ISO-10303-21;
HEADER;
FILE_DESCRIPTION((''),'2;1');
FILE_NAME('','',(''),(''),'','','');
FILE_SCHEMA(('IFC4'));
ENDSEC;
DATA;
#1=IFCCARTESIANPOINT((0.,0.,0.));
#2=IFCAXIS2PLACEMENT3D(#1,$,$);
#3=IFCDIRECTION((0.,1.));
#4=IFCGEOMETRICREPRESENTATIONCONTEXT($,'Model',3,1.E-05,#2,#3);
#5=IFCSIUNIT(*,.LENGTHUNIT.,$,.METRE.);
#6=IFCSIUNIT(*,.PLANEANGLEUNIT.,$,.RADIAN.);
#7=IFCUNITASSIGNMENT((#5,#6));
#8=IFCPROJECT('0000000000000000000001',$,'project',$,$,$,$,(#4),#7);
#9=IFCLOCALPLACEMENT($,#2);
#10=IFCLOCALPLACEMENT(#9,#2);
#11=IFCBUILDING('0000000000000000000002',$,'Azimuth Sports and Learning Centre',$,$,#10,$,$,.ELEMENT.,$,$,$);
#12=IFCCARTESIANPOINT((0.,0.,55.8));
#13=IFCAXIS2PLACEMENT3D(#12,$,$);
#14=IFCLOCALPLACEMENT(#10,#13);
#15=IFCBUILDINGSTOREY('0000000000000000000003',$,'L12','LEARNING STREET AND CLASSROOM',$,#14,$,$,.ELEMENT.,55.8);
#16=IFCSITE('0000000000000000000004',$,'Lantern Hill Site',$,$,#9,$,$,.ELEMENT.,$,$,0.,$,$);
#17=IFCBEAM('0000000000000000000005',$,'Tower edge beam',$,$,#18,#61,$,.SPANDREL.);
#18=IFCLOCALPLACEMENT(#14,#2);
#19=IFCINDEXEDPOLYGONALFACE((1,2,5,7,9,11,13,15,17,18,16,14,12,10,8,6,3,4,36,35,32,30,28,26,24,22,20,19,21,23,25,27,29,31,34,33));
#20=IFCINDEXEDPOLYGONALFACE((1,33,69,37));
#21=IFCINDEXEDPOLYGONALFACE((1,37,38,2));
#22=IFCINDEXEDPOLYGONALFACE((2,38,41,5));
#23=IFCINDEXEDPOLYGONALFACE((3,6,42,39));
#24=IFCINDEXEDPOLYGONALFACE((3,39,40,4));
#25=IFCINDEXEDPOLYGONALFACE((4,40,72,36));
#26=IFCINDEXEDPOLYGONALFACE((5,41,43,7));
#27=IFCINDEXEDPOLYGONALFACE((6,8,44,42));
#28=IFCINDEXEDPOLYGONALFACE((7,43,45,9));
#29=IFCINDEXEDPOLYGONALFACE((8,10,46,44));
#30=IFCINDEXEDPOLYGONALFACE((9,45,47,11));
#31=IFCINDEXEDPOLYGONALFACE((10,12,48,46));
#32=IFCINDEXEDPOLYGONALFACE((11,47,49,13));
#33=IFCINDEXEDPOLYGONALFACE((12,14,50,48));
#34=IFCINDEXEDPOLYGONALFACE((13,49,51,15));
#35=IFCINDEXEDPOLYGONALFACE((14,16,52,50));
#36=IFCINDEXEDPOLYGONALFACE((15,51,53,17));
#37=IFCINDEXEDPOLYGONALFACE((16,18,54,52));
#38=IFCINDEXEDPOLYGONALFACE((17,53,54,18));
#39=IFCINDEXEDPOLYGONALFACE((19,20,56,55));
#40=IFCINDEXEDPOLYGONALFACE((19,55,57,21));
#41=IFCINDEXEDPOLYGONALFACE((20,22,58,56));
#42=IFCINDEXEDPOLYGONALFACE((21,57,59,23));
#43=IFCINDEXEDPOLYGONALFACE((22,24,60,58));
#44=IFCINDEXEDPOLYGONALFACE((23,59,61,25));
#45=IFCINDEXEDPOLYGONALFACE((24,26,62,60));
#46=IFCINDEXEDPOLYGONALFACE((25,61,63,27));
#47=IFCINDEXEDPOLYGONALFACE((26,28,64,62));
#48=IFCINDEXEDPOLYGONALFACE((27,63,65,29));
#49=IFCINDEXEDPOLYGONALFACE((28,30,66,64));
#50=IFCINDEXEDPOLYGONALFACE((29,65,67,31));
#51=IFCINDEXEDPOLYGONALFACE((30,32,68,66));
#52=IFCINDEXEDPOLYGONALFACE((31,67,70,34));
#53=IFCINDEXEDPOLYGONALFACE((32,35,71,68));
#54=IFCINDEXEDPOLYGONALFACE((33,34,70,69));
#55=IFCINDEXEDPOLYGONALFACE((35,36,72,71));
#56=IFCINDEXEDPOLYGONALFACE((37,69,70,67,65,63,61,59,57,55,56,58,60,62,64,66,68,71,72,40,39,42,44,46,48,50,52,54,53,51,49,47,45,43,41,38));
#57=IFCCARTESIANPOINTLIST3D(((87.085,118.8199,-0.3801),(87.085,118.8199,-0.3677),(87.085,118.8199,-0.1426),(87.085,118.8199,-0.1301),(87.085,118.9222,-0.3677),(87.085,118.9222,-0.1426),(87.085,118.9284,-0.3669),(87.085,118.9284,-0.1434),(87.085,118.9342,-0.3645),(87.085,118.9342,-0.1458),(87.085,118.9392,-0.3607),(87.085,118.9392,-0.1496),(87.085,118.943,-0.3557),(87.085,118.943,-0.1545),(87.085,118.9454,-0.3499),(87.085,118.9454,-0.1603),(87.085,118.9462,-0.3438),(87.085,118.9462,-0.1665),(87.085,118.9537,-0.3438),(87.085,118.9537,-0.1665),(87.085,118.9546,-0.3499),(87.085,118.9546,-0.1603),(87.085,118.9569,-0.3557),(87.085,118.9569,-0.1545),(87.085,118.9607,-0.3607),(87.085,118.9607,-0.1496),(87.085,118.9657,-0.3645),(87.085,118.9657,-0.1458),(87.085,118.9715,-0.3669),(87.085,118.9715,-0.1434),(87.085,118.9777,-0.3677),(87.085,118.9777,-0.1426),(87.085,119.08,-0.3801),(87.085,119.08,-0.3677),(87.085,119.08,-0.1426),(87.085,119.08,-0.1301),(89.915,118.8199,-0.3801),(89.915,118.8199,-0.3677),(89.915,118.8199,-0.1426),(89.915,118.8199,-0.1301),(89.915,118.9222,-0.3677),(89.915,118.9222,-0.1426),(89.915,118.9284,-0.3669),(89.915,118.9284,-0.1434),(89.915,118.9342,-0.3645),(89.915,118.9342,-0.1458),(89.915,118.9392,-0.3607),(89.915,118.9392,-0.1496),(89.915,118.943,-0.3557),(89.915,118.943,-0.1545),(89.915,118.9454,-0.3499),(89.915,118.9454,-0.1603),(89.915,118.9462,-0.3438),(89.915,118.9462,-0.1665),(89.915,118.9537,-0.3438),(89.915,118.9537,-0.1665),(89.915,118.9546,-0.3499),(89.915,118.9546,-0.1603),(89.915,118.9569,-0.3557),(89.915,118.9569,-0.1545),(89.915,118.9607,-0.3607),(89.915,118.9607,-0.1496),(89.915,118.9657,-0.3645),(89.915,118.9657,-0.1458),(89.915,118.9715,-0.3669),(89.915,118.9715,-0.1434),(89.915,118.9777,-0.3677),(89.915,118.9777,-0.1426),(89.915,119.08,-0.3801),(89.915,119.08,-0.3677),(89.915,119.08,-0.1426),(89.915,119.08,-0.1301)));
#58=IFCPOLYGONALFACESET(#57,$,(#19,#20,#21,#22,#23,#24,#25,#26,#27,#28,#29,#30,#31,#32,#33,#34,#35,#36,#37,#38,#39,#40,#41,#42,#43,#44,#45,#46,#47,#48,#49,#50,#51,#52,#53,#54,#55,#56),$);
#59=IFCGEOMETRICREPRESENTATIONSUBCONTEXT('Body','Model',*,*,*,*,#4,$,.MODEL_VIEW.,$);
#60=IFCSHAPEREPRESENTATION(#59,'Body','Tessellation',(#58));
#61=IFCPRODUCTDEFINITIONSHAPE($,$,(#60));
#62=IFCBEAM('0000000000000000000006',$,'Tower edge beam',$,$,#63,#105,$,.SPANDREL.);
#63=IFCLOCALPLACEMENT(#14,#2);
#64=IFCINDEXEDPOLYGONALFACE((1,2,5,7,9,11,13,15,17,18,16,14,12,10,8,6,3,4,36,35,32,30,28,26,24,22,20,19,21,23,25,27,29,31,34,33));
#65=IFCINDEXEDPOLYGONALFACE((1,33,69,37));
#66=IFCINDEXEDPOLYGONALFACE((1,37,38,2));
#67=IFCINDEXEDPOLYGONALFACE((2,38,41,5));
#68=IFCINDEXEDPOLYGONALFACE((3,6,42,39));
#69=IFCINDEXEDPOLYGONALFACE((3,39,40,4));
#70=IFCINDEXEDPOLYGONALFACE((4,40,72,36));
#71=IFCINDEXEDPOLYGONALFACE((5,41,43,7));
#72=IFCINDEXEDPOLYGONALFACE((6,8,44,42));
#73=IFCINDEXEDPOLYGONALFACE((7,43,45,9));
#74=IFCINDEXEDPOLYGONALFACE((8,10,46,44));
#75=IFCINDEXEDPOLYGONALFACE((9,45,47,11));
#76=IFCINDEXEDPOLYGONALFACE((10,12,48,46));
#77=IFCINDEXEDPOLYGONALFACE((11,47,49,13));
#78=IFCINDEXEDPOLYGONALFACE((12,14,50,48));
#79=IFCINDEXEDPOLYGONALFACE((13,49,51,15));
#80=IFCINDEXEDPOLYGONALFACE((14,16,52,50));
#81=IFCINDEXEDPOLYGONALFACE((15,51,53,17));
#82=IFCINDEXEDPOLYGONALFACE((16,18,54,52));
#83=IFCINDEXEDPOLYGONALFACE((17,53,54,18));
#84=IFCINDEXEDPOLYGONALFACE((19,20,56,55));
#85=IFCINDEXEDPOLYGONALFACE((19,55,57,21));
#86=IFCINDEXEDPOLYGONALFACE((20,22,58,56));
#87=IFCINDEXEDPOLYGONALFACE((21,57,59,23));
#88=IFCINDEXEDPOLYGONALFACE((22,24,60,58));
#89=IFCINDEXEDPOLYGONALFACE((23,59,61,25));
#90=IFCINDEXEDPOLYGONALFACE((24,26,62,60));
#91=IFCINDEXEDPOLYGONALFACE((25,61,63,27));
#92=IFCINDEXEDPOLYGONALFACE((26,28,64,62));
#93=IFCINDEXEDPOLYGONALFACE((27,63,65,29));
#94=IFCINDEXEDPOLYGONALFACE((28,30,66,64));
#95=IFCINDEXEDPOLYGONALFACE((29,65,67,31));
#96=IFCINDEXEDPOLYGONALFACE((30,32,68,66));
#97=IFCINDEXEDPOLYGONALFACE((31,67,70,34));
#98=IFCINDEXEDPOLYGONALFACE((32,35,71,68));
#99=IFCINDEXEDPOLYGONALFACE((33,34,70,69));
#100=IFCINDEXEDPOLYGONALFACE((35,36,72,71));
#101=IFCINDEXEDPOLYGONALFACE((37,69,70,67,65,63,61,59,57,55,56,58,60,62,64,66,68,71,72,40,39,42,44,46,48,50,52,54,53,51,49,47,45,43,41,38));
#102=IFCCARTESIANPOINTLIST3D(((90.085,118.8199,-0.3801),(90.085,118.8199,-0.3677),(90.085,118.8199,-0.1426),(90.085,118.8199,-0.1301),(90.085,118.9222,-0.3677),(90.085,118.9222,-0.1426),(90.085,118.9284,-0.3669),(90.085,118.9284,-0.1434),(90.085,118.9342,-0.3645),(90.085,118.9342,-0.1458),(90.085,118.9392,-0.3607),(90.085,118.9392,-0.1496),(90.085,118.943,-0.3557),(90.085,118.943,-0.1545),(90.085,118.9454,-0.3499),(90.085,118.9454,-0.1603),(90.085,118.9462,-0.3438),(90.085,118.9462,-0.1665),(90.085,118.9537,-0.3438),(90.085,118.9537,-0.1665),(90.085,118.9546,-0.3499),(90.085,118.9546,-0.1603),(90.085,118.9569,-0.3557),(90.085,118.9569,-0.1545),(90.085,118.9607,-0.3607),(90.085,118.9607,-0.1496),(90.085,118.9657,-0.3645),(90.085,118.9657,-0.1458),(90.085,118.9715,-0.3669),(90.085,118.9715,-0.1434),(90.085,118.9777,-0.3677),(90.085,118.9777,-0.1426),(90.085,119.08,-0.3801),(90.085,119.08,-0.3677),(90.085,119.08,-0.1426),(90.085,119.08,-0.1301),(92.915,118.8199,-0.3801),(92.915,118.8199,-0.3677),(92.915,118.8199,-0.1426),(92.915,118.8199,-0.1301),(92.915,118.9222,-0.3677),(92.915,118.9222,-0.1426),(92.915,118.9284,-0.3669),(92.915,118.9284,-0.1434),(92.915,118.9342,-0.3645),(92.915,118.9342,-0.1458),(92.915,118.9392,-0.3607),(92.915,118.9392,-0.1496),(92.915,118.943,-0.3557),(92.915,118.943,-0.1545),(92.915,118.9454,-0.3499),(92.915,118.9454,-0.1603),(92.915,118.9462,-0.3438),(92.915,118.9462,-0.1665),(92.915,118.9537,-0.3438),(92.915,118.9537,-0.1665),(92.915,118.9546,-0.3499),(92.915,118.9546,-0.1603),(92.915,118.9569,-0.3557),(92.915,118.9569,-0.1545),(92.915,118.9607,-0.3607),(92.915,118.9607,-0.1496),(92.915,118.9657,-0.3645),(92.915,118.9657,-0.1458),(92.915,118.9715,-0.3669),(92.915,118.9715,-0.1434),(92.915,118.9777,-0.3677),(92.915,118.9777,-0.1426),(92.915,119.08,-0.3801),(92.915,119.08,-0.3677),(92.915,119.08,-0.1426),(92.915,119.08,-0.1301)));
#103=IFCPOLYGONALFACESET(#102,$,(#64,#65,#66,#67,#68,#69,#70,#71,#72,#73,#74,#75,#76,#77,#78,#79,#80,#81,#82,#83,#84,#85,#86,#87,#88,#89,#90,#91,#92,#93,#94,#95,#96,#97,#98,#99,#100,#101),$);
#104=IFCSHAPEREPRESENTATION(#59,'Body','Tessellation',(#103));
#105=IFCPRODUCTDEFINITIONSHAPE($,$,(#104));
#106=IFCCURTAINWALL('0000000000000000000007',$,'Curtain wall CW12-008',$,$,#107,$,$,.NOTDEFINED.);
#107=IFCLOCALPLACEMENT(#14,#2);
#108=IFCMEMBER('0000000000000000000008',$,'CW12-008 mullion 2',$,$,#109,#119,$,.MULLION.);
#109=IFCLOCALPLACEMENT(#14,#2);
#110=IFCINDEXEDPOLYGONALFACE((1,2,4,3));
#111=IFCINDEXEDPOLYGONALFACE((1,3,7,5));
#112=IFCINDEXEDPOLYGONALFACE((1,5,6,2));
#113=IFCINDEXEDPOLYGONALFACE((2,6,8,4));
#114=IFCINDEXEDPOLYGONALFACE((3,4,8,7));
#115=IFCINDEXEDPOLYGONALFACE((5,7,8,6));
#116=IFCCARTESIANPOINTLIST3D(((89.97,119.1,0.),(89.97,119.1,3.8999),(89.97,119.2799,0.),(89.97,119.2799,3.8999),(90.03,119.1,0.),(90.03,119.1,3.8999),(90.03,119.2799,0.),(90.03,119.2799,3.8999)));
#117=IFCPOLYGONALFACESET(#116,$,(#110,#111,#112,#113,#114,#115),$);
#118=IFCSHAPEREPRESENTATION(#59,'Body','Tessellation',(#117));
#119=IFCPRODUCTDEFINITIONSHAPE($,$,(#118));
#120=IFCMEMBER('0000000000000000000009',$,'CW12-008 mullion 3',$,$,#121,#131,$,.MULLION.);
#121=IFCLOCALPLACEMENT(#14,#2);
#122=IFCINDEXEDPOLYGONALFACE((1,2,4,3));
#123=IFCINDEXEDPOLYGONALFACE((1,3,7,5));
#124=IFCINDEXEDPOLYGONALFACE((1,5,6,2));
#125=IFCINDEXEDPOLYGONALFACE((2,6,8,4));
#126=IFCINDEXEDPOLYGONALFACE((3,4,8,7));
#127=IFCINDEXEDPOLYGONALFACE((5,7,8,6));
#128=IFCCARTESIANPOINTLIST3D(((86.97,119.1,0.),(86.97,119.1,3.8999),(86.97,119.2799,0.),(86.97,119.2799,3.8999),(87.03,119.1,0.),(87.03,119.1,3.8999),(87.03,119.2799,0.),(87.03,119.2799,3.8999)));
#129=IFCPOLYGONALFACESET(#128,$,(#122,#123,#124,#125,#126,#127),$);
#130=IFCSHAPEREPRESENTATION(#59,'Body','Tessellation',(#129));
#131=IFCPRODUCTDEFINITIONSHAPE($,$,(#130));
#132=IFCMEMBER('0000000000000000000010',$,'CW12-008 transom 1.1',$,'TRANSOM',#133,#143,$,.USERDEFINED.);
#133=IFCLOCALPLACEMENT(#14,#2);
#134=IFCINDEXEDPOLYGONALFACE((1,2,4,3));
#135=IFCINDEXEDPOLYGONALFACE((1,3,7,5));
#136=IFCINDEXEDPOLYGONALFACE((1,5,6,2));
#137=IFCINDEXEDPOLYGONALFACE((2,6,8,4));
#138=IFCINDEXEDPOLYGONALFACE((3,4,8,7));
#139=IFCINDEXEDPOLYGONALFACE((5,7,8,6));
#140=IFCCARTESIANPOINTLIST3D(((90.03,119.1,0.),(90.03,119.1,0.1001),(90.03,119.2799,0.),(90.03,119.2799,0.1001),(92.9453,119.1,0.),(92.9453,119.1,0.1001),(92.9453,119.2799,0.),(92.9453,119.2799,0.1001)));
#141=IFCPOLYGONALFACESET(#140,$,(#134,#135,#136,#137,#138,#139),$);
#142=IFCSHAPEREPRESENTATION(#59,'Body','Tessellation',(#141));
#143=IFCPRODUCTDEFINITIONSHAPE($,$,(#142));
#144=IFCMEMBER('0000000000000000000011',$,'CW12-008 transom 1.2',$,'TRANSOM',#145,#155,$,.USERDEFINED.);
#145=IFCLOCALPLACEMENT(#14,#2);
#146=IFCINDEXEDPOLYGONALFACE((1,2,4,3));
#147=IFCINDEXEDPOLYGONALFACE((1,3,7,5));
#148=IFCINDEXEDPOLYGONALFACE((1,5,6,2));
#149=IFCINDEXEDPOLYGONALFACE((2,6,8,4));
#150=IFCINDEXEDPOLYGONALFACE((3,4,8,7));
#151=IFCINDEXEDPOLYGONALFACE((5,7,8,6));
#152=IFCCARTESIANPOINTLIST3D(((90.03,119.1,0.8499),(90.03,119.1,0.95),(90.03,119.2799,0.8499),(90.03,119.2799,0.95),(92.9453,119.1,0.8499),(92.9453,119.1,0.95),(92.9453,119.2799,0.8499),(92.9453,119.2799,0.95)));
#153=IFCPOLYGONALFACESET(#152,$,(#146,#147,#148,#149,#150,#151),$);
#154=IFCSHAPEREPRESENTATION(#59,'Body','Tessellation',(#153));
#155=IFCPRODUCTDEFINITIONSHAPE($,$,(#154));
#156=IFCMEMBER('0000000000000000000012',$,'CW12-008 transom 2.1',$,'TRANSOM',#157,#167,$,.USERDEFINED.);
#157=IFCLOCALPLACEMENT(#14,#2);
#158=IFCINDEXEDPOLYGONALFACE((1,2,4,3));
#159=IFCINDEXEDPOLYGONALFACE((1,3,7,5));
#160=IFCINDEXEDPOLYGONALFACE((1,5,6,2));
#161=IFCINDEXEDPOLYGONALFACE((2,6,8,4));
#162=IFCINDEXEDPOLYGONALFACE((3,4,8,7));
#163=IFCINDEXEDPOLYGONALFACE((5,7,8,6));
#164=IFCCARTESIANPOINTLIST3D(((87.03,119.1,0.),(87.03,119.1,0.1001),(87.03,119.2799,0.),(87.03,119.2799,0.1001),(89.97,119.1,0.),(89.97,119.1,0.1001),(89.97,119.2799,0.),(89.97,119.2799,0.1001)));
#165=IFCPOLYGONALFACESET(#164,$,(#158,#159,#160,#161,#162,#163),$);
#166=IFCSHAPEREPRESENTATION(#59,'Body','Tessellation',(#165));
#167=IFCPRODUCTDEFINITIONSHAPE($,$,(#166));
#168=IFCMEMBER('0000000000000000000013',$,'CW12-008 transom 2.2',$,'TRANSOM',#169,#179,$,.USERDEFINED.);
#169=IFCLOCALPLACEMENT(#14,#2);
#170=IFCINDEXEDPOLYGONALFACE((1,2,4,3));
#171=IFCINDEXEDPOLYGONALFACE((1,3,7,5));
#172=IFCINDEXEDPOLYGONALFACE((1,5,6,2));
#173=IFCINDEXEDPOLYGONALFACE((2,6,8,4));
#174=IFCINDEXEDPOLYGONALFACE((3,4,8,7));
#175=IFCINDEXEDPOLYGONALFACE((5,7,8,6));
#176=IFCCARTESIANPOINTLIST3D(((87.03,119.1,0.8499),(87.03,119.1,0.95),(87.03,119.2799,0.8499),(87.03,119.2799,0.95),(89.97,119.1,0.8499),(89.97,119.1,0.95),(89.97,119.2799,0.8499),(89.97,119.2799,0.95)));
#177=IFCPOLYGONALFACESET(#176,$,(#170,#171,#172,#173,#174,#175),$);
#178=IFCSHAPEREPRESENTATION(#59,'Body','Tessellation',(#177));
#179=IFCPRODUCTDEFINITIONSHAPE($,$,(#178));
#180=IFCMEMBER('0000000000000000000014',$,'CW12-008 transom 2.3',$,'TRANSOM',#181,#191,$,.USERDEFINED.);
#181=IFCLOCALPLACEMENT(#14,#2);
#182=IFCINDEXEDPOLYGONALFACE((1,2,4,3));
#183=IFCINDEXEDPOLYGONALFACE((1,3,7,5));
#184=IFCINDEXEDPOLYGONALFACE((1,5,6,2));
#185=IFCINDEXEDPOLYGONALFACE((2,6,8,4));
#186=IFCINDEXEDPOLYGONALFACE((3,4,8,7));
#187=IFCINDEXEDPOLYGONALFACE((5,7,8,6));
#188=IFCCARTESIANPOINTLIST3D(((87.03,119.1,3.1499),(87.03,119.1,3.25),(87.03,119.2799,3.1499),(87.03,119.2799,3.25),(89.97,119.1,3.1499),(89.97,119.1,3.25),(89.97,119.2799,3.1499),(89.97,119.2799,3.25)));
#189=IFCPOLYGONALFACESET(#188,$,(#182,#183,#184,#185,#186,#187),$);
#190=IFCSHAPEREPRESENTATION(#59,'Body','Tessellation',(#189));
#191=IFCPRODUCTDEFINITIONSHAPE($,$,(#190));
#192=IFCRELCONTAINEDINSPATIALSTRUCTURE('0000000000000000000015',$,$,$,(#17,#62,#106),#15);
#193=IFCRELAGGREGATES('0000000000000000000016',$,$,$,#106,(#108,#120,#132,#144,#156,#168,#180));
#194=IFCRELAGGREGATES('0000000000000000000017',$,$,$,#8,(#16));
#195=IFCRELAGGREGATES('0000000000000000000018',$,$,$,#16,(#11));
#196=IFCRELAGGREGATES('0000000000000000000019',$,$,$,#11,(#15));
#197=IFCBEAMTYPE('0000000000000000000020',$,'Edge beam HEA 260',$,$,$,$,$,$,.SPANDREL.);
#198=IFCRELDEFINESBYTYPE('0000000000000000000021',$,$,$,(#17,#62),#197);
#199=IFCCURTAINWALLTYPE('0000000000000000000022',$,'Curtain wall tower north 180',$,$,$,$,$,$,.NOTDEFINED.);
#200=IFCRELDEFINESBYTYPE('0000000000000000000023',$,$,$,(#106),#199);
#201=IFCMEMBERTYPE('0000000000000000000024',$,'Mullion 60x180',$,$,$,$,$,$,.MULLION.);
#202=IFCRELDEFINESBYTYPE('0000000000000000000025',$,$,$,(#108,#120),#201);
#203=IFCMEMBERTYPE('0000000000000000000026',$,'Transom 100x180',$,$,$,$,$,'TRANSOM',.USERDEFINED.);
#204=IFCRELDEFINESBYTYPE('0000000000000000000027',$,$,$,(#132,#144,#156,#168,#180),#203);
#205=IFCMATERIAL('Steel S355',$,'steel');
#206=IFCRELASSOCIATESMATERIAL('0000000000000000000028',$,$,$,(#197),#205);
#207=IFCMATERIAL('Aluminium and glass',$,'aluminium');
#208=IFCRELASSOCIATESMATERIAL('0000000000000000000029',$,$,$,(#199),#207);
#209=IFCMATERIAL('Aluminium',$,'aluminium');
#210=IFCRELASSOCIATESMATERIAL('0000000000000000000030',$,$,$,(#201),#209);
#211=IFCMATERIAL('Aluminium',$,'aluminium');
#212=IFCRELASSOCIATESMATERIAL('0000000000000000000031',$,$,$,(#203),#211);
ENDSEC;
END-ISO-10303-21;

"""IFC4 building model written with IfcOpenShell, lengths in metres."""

from ifc_helpers import new_model, si_unit, direction, frame, origin, origin_2d, place, context, subcontext, project, spatial, rectangle, i_section, extrude, material, material_profile, profile_set, type_object, element, aggregate, save


model = new_model("IFC4")

# Units and contexts
model_context = context("Model", 3, precision=1e-05, world=origin(), true_north=direction((0.0, 1.0)))
body_context = subcontext(model_context, "Body", "Model", "MODEL_VIEW")
ifc_project = project(units=[si_unit("LENGTHUNIT", "METRE"), si_unit("PLANEANGLEUNIT", "RADIAN")], contexts=[model_context])

# Site, building, storey
site_placement = place(None, origin())
site = spatial("IfcSite", under=ifc_project, at=site_placement, Name="Lantern Hill Site", CompositionType="ELEMENT", RefElevation=0.0)
building_placement = place(site_placement, origin())
building = spatial("IfcBuilding", under=site, at=building_placement, Name="Azimuth Sports and Learning Centre", CompositionType="ELEMENT")
storey_placement = place(building_placement, frame((0.0, 0.0, 55.8)))
storey = spatial("IfcBuildingStorey", under=building, at=storey_placement, Name="L12", Description="LEARNING STREET AND CLASSROOM", CompositionType="ELEMENT", Elevation=55.8)

# Beams
ifc_material_1 = material(Name="Steel S355", Category="steel")
ifc_material_profile_1 = material_profile(ifc_material_1, i_section(OverallWidth=0.26, OverallDepth=0.25, WebThickness=0.0076, FlangeThickness=0.0125, FilletRadius=0.0239, at=origin_2d()), Name="HEA 260")
ifc_profile_set_1 = profile_set([ifc_material_profile_1], Name="Steel S355")
beam_type = type_object("IfcBeamType", Name="Edge beam HEA 260", PredefinedType="SPANDREL", material=ifc_profile_set_1)
for number, where, z_axis, x_axis, name in (
    (1, (87.085, 118.95, -0.2551), (1.0, 0.0, 0.0), (0.0, 1.0, 0.0), "Tower edge beam"),
    (2, (90.085, 118.95, -0.2551), (1.0, 0.0, 0.0), (0.0, 1.0, 0.0), "Tower edge beam"),
):
    element("IfcBeam", number, at=place(storey_placement, frame(where, z_axis=z_axis, x_axis=x_axis)), inside=storey, type_object=beam_type, Name=name, PredefinedType="SPANDREL", context=body_context, shape_type="SweptSolid", body=[
        extrude(i_section(OverallWidth=0.26, OverallDepth=0.25, WebThickness=0.0076, FlangeThickness=0.0125, FilletRadius=0.0239, at=origin_2d()), origin(), (0.0, 0.0, 1.0), 2.8301),
    ])

# Curtain wall, members
ifc_material_2 = material(Name="Aluminium and glass", Category="aluminium")
curtain_wall_type = type_object("IfcCurtainWallType", Name="Curtain wall tower north 180", PredefinedType="NOTDEFINED", material=ifc_material_2)
curtain_wall_placement = place(storey_placement, origin())
curtain_wall = element("IfcCurtainWall", 3, at=curtain_wall_placement, inside=storey, type_object=curtain_wall_type, Name="Curtain wall CW12-008", PredefinedType="NOTDEFINED")
ifc_material_3 = material(Name="Aluminium", Category="aluminium")
ifc_material_profile_2 = material_profile(ifc_material_3, rectangle(XDim=0.1799, YDim=0.0601, at=origin_2d()), Name="Mullion 60x180")
ifc_profile_set_2 = profile_set([ifc_material_profile_2], Name="Aluminium")
member_type_1 = type_object("IfcMemberType", Name="Mullion 60x180", PredefinedType="MULLION", material=ifc_profile_set_2)
member_1_placement = place(storey_placement, frame((90.0, 119.1899, 0.0), z_axis=(0.0, 0.0, 1.0), x_axis=(0.0, -1.0, 0.0)))
member_1 = element("IfcMember", 4, at=member_1_placement, type_object=member_type_1, Name="CW12-008 mullion 2", PredefinedType="MULLION", context=body_context, shape_type="SweptSolid", body=[
    extrude(rectangle(XDim=0.1799, YDim=0.0601, at=origin_2d()), origin(), (0.0, 0.0, 1.0), 3.8999),
])
member_2_placement = place(storey_placement, frame((87.0, 119.1899, 0.0), z_axis=(0.0, 0.0, 1.0), x_axis=(0.0, -1.0, 0.0)))
member_2 = element("IfcMember", 5, at=member_2_placement, type_object=member_type_1, Name="CW12-008 mullion 3", PredefinedType="MULLION", context=body_context, shape_type="SweptSolid", body=[
    extrude(rectangle(XDim=0.1799, YDim=0.0601, at=origin_2d()), origin(), (0.0, 0.0, 1.0), 3.8999),
])
ifc_material_4 = material(Name="Aluminium", Category="aluminium")
ifc_material_profile_3 = material_profile(ifc_material_4, rectangle(XDim=0.1799, YDim=0.1001, at=origin_2d()), Name="Transom 100x180")
ifc_profile_set_3 = profile_set([ifc_material_profile_3], Name="Aluminium")
member_type_2 = type_object("IfcMemberType", Name="Transom 100x180", ElementType="TRANSOM", PredefinedType="USERDEFINED", material=ifc_profile_set_3)
member_3_placement = place(storey_placement, frame((92.9453, 119.1899, 0.05), z_axis=(-1.0, 0.0, 0.0), x_axis=(0.0, -1.0, 0.0)))
member_3 = element("IfcMember", 6, at=member_3_placement, type_object=member_type_2, Name="CW12-008 transom 1.1", ObjectType="TRANSOM", PredefinedType="USERDEFINED", context=body_context, shape_type="SweptSolid", body=[
    extrude(rectangle(XDim=0.1799, YDim=0.1001, at=origin_2d()), origin(), (0.0, 0.0, 1.0), 2.9153),
])
member_4_placement = place(storey_placement, frame((92.9453, 119.1899, 0.8999), z_axis=(-1.0, 0.0, 0.0), x_axis=(0.0, -1.0, 0.0)))
member_4 = element("IfcMember", 7, at=member_4_placement, type_object=member_type_2, Name="CW12-008 transom 1.2", ObjectType="TRANSOM", PredefinedType="USERDEFINED", context=body_context, shape_type="SweptSolid", body=[
    extrude(rectangle(XDim=0.1799, YDim=0.1001, at=origin_2d()), origin(), (0.0, 0.0, 1.0), 2.9153),
])
member_5_placement = place(storey_placement, frame((89.97, 119.1899, 0.05), z_axis=(-1.0, 0.0, 0.0), x_axis=(0.0, -1.0, 0.0)))
member_5 = element("IfcMember", 8, at=member_5_placement, type_object=member_type_2, Name="CW12-008 transom 2.1", ObjectType="TRANSOM", PredefinedType="USERDEFINED", context=body_context, shape_type="SweptSolid", body=[
    extrude(rectangle(XDim=0.1799, YDim=0.1001, at=origin_2d()), origin(), (0.0, 0.0, 1.0), 2.9399),
])
member_6_placement = place(storey_placement, frame((89.97, 119.1899, 0.8999), z_axis=(-1.0, 0.0, 0.0), x_axis=(0.0, -1.0, 0.0)))
member_6 = element("IfcMember", 9, at=member_6_placement, type_object=member_type_2, Name="CW12-008 transom 2.2", ObjectType="TRANSOM", PredefinedType="USERDEFINED", context=body_context, shape_type="SweptSolid", body=[
    extrude(rectangle(XDim=0.1799, YDim=0.1001, at=origin_2d()), origin(), (0.0, 0.0, 1.0), 2.9399),
])
member_7_placement = place(storey_placement, frame((89.97, 119.1899, 3.2), z_axis=(-1.0, 0.0, 0.0), x_axis=(0.0, -1.0, 0.0)))
member_7 = element("IfcMember", 10, at=member_7_placement, type_object=member_type_2, Name="CW12-008 transom 2.3", ObjectType="TRANSOM", PredefinedType="USERDEFINED", context=body_context, shape_type="SweptSolid", body=[
    extrude(rectangle(XDim=0.1799, YDim=0.1001, at=origin_2d()), origin(), (0.0, 0.0, 1.0), 2.9399),
])
aggregate(curtain_wall, [member_1, member_2, member_3, member_4, member_5, member_6, member_7])

save(model, "model.ifc")
